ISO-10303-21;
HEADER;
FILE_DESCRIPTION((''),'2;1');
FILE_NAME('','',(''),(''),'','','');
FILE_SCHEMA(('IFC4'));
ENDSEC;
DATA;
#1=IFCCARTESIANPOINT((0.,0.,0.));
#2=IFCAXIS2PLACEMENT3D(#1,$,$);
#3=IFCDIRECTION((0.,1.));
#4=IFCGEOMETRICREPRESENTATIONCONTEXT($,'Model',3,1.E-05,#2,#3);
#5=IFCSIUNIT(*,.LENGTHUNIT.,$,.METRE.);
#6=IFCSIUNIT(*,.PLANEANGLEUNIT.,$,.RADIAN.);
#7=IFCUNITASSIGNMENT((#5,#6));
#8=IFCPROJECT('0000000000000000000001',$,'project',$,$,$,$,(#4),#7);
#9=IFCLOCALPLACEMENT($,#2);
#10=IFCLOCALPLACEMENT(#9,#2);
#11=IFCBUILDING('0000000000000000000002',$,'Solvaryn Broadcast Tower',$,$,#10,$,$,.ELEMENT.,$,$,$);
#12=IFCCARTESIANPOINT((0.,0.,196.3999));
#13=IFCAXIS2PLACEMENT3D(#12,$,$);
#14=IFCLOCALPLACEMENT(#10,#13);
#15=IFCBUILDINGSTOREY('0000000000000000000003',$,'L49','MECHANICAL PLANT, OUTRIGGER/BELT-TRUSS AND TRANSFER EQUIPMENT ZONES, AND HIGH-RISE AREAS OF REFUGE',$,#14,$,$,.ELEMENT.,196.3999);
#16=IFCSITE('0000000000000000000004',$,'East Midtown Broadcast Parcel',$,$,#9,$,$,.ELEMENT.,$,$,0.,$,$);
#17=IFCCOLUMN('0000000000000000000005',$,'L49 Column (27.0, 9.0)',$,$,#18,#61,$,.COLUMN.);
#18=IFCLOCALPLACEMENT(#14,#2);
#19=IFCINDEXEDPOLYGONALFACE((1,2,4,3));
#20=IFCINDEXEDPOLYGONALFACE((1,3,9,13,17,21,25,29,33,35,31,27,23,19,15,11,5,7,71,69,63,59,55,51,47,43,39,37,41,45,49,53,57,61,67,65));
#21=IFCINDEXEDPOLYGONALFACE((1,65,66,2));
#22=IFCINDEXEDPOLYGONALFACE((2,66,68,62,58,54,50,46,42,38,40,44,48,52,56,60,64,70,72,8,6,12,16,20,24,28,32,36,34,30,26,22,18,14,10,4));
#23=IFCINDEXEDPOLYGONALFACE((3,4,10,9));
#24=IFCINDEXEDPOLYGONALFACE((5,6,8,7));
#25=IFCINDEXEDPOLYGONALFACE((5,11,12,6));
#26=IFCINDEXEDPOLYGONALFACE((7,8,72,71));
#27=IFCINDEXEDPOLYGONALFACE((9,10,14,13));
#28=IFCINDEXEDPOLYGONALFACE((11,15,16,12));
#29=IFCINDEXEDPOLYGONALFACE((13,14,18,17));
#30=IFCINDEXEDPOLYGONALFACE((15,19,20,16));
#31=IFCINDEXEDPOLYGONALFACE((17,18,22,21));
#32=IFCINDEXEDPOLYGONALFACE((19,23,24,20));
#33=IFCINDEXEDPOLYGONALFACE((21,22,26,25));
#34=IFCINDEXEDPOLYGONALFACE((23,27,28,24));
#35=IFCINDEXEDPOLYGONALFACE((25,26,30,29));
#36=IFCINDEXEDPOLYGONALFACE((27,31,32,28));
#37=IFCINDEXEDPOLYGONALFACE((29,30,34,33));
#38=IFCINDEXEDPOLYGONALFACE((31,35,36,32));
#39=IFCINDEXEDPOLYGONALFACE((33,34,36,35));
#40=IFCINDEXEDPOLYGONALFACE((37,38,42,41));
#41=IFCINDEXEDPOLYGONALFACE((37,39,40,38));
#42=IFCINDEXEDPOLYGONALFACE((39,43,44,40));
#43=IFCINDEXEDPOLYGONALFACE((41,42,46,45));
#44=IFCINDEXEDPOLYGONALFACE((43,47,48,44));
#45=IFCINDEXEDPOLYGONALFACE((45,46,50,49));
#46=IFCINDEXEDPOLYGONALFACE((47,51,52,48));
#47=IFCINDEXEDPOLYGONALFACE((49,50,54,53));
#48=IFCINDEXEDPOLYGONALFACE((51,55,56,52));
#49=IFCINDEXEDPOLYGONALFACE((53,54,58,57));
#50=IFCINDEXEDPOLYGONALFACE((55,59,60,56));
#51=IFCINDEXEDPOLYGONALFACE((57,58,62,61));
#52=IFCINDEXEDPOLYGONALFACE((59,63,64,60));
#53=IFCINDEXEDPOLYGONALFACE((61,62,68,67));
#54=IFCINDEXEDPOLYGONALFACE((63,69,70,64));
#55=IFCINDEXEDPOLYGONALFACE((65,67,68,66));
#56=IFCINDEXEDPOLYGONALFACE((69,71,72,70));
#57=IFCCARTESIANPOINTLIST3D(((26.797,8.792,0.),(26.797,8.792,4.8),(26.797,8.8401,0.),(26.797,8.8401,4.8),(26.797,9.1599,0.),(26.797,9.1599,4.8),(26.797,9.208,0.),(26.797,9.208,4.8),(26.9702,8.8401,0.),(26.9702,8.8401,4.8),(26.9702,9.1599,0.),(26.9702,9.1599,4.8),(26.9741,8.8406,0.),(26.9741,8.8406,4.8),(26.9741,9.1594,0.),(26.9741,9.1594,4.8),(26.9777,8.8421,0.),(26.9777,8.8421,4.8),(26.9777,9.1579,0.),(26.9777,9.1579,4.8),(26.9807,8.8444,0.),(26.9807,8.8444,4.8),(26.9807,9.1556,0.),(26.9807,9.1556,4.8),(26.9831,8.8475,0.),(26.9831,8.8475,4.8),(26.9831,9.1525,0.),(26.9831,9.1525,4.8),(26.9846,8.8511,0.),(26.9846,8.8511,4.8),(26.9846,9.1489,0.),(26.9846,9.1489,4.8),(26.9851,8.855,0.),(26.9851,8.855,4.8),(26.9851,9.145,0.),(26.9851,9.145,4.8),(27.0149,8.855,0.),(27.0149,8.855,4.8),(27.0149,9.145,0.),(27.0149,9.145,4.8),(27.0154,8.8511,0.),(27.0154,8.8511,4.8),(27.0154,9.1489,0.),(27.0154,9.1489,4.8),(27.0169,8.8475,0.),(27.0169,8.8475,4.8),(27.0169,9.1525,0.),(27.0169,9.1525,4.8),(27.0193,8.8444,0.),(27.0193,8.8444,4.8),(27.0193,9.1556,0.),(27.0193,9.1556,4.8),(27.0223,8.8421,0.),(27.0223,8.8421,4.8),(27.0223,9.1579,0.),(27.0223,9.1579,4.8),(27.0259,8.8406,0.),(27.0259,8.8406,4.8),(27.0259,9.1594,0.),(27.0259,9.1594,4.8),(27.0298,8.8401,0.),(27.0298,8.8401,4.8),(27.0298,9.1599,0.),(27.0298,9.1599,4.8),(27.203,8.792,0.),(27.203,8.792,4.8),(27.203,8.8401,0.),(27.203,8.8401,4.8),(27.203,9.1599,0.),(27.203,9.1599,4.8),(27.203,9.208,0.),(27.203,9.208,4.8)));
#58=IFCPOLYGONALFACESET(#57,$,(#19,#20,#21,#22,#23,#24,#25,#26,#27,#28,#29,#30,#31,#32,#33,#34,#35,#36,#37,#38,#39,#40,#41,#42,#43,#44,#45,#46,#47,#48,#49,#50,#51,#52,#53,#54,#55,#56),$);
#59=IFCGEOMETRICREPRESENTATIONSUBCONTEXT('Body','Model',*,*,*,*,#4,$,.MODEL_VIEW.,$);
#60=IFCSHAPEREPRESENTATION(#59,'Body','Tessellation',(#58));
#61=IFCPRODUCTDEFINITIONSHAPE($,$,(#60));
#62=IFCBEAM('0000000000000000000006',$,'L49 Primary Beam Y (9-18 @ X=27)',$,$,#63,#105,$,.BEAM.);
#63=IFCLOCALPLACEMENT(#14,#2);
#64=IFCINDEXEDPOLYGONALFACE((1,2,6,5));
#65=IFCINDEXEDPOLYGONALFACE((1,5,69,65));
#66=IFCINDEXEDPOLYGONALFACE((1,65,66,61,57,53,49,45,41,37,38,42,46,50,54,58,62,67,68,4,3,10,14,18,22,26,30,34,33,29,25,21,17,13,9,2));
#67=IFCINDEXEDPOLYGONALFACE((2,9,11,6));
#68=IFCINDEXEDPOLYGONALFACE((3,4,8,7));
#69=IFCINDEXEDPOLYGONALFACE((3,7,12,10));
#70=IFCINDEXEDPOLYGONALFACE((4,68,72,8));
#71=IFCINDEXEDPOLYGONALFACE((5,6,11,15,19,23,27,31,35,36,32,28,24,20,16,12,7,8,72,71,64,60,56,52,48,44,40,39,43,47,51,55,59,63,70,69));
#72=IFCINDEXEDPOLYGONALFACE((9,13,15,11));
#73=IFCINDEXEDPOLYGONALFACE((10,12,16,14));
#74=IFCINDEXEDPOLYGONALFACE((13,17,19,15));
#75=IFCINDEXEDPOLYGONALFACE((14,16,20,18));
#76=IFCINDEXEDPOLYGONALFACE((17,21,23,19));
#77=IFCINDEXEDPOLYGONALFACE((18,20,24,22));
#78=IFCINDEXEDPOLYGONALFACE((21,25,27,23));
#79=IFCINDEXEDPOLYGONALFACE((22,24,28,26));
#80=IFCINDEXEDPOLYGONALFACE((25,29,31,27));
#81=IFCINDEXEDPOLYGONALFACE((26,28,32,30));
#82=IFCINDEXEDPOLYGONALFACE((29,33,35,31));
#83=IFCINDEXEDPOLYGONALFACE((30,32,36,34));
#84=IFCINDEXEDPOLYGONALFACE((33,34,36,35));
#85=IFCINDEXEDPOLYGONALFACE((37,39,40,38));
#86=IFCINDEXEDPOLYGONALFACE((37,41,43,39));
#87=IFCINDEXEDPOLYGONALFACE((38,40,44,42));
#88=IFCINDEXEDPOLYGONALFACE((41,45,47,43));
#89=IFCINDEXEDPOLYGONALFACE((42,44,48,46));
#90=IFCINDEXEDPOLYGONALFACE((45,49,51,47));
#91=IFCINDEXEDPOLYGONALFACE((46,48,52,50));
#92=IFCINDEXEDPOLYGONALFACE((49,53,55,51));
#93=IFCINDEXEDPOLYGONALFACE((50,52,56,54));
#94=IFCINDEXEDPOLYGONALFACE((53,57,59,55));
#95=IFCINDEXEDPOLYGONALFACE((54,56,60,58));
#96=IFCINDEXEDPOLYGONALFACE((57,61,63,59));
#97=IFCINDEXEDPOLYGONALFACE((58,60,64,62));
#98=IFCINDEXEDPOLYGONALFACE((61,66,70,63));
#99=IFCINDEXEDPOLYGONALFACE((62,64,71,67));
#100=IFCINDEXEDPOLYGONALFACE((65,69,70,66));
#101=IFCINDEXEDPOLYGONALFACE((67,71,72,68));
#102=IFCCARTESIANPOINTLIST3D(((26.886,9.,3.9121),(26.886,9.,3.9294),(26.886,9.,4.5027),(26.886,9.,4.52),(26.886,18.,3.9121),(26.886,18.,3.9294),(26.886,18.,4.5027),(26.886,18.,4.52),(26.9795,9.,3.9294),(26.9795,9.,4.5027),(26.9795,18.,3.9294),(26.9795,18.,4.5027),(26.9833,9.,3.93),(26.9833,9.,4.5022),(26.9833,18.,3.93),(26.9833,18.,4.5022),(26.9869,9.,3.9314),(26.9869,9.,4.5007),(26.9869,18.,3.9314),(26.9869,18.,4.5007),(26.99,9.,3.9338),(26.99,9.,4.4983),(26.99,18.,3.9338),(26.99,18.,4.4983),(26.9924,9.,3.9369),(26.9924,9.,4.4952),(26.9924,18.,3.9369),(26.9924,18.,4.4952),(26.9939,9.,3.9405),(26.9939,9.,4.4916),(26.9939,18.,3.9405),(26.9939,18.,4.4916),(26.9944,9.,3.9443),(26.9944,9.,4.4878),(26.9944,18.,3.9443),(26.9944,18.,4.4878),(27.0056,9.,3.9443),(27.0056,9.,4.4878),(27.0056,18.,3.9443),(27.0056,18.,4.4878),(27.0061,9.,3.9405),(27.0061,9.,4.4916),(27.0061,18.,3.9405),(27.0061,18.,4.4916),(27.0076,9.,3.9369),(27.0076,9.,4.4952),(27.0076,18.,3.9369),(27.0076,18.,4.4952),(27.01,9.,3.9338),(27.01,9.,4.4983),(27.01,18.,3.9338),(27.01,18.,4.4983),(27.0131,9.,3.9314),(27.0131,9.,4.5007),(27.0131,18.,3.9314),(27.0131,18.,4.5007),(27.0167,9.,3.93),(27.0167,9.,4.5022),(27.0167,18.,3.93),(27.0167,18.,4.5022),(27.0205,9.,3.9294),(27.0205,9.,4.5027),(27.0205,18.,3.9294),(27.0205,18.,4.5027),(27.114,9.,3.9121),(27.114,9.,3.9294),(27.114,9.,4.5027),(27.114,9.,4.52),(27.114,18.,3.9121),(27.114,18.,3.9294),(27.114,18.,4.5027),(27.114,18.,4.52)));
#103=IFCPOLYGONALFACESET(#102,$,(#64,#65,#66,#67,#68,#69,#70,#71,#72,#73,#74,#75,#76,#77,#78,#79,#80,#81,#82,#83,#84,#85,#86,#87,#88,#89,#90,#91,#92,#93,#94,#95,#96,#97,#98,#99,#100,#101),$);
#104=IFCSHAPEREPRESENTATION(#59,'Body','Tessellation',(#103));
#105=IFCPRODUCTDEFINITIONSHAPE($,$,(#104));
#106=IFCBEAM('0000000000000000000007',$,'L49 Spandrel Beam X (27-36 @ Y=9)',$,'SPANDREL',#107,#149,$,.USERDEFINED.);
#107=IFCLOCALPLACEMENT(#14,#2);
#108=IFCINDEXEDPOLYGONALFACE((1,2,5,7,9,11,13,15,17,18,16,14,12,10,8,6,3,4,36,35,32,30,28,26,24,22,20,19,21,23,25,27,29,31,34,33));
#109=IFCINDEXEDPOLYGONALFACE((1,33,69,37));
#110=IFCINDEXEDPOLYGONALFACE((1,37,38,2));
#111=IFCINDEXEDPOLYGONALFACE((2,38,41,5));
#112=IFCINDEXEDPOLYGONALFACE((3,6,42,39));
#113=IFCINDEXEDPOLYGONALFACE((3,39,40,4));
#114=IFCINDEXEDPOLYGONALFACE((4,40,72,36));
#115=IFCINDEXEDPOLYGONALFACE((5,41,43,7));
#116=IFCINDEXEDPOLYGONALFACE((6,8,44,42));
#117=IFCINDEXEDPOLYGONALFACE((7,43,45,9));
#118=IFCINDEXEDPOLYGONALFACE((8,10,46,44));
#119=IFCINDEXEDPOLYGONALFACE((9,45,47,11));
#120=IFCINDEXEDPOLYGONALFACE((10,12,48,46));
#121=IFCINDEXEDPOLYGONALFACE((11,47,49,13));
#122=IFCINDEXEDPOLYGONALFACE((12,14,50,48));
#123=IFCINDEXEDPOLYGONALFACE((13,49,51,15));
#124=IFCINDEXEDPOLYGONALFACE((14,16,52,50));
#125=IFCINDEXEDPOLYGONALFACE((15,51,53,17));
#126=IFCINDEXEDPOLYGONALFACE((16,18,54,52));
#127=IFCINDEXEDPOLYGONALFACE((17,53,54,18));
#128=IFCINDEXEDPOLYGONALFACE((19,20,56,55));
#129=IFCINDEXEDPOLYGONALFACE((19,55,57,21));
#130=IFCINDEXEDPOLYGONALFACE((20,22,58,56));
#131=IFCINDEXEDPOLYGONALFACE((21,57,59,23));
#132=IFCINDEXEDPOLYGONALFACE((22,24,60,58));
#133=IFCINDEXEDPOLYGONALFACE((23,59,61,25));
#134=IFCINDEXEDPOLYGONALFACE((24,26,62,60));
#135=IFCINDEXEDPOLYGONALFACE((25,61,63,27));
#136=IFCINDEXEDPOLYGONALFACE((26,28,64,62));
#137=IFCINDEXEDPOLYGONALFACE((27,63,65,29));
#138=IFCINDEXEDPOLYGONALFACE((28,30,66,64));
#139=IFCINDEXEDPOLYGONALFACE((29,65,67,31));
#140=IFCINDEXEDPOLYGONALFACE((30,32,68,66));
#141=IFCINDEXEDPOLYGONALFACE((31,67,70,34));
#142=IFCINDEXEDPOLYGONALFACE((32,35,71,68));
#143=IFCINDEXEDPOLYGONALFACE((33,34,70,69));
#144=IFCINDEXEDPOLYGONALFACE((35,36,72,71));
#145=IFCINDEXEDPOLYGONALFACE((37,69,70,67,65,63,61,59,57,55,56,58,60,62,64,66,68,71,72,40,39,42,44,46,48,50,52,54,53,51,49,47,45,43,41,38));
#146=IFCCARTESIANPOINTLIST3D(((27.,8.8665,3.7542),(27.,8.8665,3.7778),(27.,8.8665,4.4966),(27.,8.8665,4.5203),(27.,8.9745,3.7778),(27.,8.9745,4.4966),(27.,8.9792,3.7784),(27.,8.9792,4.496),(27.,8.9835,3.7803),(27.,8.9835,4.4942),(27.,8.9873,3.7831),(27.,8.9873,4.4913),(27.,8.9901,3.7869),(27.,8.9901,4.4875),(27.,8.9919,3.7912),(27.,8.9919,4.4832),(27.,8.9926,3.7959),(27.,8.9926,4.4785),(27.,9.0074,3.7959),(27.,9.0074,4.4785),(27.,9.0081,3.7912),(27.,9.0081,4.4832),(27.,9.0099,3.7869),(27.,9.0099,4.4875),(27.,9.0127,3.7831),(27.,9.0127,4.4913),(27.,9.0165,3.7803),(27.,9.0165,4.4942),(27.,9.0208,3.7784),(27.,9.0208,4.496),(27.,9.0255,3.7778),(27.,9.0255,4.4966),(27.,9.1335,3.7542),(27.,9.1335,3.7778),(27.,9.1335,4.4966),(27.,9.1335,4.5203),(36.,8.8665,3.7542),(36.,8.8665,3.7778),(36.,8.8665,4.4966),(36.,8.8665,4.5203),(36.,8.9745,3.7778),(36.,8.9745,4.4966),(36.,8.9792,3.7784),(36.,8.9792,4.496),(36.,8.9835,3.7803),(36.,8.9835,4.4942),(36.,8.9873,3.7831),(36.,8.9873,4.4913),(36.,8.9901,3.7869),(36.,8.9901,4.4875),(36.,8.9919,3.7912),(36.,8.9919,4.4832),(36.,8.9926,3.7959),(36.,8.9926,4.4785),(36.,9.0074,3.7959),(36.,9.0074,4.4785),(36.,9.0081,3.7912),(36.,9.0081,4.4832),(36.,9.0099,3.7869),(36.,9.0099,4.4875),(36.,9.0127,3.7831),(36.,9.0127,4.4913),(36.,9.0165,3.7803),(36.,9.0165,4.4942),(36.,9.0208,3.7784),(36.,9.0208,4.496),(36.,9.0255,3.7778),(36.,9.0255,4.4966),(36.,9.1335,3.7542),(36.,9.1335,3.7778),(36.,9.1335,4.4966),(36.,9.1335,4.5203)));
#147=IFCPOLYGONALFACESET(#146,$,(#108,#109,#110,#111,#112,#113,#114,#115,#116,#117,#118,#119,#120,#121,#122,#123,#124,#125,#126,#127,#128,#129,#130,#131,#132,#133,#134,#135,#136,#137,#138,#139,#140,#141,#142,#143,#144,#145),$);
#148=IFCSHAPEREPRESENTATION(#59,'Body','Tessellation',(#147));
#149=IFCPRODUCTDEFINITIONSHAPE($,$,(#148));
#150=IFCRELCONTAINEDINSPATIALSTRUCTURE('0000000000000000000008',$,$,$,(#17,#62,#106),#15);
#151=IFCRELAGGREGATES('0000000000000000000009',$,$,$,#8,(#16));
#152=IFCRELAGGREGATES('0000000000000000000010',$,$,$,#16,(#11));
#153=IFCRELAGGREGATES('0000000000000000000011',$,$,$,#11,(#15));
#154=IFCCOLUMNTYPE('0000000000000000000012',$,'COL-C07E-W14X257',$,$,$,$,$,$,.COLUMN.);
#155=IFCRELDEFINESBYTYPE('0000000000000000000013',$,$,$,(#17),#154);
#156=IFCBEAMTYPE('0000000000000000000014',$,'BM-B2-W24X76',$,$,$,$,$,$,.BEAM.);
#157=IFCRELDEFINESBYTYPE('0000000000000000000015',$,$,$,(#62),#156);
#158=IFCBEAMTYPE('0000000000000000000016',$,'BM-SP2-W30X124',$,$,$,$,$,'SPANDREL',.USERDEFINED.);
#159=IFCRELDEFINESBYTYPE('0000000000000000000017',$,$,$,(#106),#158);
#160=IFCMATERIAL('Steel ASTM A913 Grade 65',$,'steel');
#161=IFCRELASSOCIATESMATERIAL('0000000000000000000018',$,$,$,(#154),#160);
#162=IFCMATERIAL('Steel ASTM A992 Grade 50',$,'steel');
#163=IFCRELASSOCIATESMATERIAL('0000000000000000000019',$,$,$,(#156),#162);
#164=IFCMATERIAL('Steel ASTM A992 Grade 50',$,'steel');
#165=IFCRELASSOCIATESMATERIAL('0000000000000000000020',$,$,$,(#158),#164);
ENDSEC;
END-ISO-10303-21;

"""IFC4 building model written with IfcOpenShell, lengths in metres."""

from ifc_helpers import new_model, si_unit, direction, frame, origin, origin_2d, place, context, subcontext, project, spatial, i_section, extrude, material, material_profile, profile_set, type_object, element, save


model = new_model("IFC4")

# Units and contexts
model_context = context("Model", 3, precision=1e-05, world=origin(), true_north=direction((0.0, 1.0)))
body_context = subcontext(model_context, "Body", "Model", "MODEL_VIEW")
ifc_project = project(units=[si_unit("LENGTHUNIT", "METRE"), si_unit("PLANEANGLEUNIT", "RADIAN")], contexts=[model_context])

# Site, building, storey
site_placement = place(None, origin())
site = spatial("IfcSite", under=ifc_project, at=site_placement, Name="East Midtown Broadcast Parcel", CompositionType="ELEMENT", RefElevation=0.0)
building_placement = place(site_placement, origin())
building = spatial("IfcBuilding", under=site, at=building_placement, Name="Solvaryn Broadcast Tower", CompositionType="ELEMENT")
storey_placement = place(building_placement, frame((0.0, 0.0, 196.3999)))
storey = spatial("IfcBuildingStorey", under=building, at=storey_placement, Name="L49", Description="MECHANICAL PLANT, OUTRIGGER/BELT-TRUSS AND TRANSFER EQUIPMENT ZONES, AND HIGH-RISE AREAS OF REFUGE", CompositionType="ELEMENT", Elevation=196.3999)

# Column
ifc_material_1 = material(Name="Steel ASTM A913 Grade 65", Category="steel")
ifc_material_profile_1 = material_profile(ifc_material_1, i_section(OverallWidth=0.406, OverallDepth=0.416, WebThickness=0.0298, FlangeThickness=0.0481, FilletRadius=0.0149, at=origin_2d()))
ifc_profile_set_1 = profile_set([ifc_material_profile_1], Name="Steel ASTM A913 Grade 65")
column_type = type_object("IfcColumnType", Name="COL-C07E-W14X257", PredefinedType="COLUMN", material=ifc_profile_set_1)
column_placement = place(storey_placement, frame((27.0, 9.0, 0.0), z_axis=(0.0, 0.0, 1.0), x_axis=(1.0, 0.0, 0.0)))
element("IfcColumn", 1, at=column_placement, inside=storey, type_object=column_type, Name="L49 Column (27.0, 9.0)", PredefinedType="COLUMN", context=body_context, shape_type="SweptSolid", body=[
    extrude(i_section(OverallWidth=0.406, OverallDepth=0.416, WebThickness=0.0298, FlangeThickness=0.0481, FilletRadius=0.0149, at=origin_2d()), origin(), (0.0, 0.0, 1.0), 4.8),
])

# Beams
ifc_material_2 = material(Name="Steel ASTM A992 Grade 50", Category="steel")
ifc_material_profile_2 = material_profile(ifc_material_2, i_section(OverallWidth=0.228, OverallDepth=0.6079, WebThickness=0.0112, FlangeThickness=0.0173, FilletRadius=0.0149, at=origin_2d()))
ifc_profile_set_2 = profile_set([ifc_material_profile_2], Name="Steel ASTM A992 Grade 50")
beam_type_1 = type_object("IfcBeamType", Name="BM-B2-W24X76", PredefinedType="BEAM", material=ifc_profile_set_2)
beam_1_placement = place(storey_placement, frame((27.0, 9.0, 4.2161), z_axis=(0.0, 1.0, 0.0), x_axis=(-1.0, 0.0, 0.0)))
element("IfcBeam", 2, at=beam_1_placement, inside=storey, type_object=beam_type_1, Name="L49 Primary Beam Y (9-18 @ X=27)", PredefinedType="BEAM", context=body_context, shape_type="SweptSolid", body=[
    extrude(i_section(OverallWidth=0.228, OverallDepth=0.6079, WebThickness=0.0112, FlangeThickness=0.0173, FilletRadius=0.0149, at=origin_2d()), origin(), (0.0, 0.0, 1.0), 9.0),
])
ifc_material_3 = material(Name="Steel ASTM A992 Grade 50", Category="steel")
ifc_material_profile_3 = material_profile(ifc_material_3, i_section(OverallWidth=0.2671, OverallDepth=0.7661, WebThickness=0.0149, FlangeThickness=0.0237, FilletRadius=0.0181, at=origin_2d()))
ifc_profile_set_3 = profile_set([ifc_material_profile_3], Name="Steel ASTM A992 Grade 50")
beam_type_2 = type_object("IfcBeamType", Name="BM-SP2-W30X124", ElementType="SPANDREL", PredefinedType="USERDEFINED", material=ifc_profile_set_3)
beam_2_placement = place(storey_placement, frame((27.0, 9.0, 4.1372), z_axis=(1.0, 0.0, 0.0), x_axis=(0.0, 1.0, 0.0)))
element("IfcBeam", 3, at=beam_2_placement, inside=storey, type_object=beam_type_2, Name="L49 Spandrel Beam X (27-36 @ Y=9)", ObjectType="SPANDREL", PredefinedType="USERDEFINED", context=body_context, shape_type="SweptSolid", body=[
    extrude(i_section(OverallWidth=0.2671, OverallDepth=0.7661, WebThickness=0.0149, FlangeThickness=0.0237, FilletRadius=0.0181, at=origin_2d()), origin(), (0.0, 0.0, 1.0), 9.0),
])

save(model, "model.ifc")
